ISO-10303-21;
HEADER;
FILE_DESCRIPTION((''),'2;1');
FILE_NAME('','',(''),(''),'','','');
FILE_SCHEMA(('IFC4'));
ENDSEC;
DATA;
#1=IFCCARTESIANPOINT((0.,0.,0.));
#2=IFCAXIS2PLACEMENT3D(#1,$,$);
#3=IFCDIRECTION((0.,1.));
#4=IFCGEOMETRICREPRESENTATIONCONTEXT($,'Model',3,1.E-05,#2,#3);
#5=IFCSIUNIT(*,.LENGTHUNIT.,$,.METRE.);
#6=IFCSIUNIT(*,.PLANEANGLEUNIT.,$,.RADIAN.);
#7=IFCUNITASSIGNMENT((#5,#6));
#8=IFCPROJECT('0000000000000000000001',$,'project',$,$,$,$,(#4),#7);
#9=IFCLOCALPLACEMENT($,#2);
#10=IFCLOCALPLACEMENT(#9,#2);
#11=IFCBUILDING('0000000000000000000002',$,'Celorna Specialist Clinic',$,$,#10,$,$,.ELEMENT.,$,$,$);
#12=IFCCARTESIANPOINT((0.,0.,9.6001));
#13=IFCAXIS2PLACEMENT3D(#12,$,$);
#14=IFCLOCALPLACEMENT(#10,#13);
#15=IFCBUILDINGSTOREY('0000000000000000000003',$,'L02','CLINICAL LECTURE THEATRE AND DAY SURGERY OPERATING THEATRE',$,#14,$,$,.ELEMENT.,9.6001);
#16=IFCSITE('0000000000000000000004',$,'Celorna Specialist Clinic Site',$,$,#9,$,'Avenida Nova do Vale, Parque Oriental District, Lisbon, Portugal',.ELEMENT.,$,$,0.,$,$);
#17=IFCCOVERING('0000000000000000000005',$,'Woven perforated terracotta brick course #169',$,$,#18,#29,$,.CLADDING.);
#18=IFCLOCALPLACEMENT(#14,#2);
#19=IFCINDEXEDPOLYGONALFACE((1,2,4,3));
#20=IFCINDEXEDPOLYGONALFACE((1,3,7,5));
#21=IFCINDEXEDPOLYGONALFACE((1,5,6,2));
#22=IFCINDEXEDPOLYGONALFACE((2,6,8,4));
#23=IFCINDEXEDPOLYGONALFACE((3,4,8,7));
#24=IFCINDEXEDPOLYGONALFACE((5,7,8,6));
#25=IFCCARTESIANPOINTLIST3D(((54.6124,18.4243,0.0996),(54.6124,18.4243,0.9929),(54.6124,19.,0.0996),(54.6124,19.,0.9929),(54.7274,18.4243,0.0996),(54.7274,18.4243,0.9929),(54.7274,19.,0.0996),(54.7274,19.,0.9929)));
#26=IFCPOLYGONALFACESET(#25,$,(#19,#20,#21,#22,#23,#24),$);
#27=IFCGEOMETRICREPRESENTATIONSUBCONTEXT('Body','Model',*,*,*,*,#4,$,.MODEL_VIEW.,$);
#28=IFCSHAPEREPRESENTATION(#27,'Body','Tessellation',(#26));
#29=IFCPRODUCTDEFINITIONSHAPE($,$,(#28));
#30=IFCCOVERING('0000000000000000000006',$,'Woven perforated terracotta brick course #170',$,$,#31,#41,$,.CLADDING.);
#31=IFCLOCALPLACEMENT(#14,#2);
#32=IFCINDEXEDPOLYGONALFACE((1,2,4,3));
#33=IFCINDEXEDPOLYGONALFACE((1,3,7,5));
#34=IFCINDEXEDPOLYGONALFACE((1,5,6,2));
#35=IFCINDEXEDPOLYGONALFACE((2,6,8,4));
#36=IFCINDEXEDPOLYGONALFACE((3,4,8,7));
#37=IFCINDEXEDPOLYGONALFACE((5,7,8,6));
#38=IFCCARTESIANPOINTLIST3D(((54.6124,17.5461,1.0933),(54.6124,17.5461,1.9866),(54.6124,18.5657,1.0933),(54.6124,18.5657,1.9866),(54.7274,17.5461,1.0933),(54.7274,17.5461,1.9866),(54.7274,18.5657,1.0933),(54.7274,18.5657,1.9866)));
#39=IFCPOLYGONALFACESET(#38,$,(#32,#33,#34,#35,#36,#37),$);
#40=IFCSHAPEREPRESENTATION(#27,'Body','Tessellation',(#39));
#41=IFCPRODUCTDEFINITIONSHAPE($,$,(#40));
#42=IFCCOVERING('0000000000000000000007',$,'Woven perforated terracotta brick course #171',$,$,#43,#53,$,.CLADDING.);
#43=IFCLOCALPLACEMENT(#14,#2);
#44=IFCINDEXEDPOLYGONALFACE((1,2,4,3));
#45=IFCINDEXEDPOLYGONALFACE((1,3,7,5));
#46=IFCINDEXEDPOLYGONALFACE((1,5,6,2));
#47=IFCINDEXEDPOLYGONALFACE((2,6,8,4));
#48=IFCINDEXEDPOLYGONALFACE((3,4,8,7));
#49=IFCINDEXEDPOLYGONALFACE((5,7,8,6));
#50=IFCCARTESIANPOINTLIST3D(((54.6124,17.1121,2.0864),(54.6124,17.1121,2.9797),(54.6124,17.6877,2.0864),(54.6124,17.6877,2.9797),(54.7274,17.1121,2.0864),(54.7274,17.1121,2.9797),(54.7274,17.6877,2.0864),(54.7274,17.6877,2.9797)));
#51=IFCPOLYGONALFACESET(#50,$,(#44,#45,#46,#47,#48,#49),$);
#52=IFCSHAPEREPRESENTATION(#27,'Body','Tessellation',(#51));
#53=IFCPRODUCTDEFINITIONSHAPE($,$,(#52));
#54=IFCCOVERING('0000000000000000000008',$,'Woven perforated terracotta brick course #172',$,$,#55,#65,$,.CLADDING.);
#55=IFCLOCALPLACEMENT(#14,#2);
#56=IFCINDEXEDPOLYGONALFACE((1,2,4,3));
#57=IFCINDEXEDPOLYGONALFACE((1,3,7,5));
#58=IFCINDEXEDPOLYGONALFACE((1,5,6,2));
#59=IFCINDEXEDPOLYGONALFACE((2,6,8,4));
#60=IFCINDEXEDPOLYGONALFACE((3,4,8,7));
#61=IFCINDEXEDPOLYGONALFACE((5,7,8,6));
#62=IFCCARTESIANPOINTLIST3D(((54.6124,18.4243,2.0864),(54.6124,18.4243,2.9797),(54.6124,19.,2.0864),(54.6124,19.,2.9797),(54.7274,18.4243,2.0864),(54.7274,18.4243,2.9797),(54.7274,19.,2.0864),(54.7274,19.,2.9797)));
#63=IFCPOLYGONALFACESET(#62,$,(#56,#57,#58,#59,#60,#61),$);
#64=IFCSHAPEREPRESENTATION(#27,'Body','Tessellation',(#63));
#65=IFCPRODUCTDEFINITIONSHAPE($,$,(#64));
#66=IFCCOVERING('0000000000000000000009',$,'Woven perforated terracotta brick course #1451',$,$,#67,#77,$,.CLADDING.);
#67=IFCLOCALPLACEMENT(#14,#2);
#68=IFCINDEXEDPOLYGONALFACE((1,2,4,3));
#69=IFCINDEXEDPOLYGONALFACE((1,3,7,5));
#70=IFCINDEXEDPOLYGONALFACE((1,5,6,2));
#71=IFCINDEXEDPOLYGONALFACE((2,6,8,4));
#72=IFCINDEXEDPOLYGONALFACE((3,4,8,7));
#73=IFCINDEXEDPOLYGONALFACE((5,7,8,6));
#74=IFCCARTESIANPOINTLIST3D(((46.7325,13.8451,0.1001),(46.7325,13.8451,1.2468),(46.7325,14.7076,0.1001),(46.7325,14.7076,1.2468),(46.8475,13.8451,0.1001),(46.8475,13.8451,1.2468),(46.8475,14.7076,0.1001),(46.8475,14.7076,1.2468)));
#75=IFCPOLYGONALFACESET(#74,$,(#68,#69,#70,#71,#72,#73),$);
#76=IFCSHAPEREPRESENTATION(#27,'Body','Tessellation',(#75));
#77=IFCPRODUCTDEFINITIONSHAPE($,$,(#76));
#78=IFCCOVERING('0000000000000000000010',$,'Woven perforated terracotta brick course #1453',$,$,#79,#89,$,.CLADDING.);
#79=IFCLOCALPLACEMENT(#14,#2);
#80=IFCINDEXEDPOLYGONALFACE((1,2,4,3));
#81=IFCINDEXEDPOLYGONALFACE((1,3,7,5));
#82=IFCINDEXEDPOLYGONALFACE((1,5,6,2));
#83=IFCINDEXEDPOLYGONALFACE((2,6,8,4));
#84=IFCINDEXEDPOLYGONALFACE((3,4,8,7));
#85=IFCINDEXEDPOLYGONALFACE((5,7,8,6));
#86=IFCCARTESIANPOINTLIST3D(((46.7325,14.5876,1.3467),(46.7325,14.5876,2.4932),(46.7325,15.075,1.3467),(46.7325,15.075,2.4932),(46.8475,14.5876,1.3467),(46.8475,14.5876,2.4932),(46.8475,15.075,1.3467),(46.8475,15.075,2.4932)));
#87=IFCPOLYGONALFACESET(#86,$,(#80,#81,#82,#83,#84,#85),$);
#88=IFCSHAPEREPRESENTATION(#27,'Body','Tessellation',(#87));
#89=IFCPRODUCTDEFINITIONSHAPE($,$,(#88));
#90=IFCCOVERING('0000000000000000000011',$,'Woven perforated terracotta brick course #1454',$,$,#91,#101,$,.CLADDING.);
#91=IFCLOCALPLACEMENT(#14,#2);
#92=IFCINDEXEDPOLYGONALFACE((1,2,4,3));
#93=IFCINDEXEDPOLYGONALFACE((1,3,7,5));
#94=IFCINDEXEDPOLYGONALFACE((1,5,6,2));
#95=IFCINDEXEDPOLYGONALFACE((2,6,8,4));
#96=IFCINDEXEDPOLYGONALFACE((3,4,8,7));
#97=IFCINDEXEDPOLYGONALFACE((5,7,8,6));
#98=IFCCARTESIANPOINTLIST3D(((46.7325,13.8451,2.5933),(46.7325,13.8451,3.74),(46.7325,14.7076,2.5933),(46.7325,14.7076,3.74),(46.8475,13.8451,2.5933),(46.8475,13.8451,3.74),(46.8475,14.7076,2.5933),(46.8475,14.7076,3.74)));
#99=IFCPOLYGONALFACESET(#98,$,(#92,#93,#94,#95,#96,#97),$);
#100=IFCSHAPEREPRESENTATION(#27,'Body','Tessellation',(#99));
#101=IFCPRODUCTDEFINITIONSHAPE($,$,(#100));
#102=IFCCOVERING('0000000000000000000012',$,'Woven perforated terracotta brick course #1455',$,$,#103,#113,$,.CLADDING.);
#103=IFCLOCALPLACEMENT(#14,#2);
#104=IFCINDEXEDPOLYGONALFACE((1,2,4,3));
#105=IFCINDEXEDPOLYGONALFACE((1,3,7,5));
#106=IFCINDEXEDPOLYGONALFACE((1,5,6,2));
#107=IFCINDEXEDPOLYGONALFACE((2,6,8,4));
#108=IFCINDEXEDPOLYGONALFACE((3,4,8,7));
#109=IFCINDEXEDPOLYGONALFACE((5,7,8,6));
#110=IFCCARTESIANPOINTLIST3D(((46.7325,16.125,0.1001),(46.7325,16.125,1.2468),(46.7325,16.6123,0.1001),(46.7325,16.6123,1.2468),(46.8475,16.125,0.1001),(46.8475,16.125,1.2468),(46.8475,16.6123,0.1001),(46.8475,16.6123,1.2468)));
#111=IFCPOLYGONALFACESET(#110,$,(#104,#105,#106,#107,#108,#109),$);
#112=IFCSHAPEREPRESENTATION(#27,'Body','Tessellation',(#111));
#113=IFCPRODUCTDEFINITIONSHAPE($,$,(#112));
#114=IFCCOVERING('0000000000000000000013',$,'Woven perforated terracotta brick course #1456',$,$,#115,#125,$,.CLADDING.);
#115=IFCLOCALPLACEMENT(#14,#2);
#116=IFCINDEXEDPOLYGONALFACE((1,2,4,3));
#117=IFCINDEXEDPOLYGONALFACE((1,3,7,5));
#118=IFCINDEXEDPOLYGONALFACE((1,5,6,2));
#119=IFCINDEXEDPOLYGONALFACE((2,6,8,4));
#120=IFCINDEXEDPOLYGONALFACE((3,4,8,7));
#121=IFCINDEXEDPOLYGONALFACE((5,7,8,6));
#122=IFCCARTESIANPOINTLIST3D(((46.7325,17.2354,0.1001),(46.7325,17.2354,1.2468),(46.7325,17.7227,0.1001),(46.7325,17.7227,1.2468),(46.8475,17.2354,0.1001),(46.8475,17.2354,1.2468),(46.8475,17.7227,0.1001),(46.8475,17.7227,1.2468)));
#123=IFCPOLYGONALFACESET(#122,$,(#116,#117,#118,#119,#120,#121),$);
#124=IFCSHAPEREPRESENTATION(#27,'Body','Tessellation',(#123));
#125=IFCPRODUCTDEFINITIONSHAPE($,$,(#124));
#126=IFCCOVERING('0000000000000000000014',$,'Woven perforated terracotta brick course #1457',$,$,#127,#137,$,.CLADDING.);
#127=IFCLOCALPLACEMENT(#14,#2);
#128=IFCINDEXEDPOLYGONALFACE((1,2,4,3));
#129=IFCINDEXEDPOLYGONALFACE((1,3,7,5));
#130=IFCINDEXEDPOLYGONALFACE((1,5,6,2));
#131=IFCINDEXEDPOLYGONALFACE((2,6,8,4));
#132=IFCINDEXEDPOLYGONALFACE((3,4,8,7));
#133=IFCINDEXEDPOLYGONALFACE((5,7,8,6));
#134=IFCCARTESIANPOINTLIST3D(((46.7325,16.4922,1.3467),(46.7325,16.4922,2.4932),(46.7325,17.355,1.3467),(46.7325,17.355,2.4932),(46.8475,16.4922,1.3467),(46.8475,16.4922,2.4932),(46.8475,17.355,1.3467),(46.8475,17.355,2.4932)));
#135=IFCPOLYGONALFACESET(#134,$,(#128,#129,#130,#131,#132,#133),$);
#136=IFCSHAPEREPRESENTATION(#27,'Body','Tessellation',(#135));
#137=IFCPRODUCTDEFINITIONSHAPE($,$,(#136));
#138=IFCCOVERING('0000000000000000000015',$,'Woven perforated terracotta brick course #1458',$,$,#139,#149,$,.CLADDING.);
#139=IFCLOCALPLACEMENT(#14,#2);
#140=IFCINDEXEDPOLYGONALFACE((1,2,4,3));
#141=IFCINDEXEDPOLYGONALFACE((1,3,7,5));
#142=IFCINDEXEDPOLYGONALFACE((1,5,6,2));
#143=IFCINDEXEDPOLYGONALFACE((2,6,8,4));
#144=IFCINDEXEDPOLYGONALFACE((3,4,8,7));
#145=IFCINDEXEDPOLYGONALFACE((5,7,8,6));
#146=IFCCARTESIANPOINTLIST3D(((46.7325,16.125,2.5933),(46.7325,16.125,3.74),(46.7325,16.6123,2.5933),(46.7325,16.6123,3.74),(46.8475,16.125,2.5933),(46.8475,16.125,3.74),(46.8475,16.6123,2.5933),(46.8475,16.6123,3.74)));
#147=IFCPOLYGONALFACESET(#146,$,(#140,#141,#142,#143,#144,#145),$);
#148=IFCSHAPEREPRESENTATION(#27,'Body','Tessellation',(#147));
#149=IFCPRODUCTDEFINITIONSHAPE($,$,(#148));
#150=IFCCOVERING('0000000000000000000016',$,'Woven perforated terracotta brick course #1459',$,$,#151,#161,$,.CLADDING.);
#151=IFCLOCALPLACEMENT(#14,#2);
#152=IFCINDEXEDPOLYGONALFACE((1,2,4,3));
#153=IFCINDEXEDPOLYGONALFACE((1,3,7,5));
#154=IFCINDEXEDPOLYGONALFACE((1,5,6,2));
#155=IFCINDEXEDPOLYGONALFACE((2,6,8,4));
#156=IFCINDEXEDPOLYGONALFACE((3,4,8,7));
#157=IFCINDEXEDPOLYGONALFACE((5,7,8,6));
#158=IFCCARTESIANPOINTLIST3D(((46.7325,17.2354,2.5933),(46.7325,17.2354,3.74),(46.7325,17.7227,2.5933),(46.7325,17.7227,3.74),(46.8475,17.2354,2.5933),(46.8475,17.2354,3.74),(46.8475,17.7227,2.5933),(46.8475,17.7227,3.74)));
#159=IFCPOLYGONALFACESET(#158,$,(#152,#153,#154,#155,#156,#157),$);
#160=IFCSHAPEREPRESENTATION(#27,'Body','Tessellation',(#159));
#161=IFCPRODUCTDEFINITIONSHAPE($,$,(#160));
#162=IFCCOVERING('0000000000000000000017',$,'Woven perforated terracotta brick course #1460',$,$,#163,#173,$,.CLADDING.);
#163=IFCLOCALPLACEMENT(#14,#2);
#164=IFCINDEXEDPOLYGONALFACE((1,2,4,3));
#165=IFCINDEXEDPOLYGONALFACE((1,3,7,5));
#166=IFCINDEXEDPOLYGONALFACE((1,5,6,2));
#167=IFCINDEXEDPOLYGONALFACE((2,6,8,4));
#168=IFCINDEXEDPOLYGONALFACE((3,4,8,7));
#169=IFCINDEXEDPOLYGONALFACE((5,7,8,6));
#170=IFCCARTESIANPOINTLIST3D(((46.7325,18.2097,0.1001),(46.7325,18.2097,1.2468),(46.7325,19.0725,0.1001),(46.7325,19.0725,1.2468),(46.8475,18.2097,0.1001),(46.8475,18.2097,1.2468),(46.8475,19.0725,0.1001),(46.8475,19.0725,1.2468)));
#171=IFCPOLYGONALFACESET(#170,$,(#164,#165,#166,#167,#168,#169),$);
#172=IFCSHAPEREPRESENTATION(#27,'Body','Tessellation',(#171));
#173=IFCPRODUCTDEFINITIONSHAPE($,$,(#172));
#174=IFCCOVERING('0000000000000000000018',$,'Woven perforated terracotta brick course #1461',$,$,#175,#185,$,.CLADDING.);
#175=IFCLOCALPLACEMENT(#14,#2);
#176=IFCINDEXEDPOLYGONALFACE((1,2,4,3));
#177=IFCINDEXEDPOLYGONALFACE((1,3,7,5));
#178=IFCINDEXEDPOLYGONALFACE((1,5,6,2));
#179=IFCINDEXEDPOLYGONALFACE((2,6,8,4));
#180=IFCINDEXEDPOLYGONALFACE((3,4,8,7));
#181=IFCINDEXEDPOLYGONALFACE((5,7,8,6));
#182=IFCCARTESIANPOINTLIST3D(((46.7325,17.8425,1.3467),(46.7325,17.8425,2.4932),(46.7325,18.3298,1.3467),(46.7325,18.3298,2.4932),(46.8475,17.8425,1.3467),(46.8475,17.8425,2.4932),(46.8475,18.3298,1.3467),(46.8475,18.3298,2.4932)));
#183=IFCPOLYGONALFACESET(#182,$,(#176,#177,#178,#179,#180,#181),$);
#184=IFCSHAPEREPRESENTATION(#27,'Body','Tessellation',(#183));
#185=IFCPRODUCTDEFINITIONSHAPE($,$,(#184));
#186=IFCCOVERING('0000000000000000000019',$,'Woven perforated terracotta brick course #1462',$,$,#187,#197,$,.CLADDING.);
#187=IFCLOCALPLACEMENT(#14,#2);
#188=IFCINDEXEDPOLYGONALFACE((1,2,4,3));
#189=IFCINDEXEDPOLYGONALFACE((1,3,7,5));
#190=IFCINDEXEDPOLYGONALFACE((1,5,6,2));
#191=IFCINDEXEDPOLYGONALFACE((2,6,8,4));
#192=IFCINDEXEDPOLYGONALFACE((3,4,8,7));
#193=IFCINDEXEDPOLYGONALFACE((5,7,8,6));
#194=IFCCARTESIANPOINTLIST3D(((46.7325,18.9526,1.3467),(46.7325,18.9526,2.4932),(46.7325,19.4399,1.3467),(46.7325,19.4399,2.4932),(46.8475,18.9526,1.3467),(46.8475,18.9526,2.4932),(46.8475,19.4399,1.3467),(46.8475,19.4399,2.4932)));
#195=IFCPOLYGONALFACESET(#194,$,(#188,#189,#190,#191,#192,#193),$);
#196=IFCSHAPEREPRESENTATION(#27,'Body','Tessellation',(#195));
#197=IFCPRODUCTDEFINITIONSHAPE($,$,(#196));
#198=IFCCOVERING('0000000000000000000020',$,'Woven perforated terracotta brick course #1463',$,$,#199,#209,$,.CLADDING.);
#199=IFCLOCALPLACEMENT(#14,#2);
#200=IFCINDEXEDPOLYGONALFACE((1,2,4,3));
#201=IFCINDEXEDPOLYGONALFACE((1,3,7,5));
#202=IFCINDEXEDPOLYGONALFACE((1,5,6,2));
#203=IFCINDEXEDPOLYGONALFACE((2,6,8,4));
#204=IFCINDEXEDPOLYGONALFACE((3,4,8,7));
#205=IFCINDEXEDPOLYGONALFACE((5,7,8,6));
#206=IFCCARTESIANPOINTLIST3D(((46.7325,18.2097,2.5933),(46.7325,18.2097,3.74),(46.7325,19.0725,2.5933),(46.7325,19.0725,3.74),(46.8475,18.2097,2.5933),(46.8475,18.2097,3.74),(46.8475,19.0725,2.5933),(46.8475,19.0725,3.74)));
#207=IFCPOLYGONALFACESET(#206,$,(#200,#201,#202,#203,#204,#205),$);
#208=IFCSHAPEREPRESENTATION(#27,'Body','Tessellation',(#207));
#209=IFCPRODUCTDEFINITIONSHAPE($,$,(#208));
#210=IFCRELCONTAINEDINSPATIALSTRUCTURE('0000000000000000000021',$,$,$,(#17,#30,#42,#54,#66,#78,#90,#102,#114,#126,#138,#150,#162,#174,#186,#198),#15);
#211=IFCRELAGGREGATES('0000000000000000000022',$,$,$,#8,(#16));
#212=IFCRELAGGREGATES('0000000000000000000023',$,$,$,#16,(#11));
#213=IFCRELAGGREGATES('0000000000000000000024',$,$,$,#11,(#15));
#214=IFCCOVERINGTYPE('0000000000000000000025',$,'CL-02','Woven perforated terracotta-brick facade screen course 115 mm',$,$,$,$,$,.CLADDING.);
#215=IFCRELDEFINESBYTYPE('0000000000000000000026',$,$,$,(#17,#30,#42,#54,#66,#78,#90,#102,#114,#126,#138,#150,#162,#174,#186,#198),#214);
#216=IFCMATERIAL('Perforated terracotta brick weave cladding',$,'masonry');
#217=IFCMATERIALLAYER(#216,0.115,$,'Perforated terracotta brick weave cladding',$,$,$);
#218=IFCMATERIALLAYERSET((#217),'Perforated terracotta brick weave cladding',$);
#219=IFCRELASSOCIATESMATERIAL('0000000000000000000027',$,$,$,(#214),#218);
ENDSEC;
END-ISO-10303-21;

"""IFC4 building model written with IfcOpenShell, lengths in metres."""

from ifc_helpers import new_model, si_unit, direction, frame, origin, origin_2d, place, context, subcontext, project, spatial, rectangle, extrude, material, layer, layer_set, type_object, element, save


model = new_model("IFC4")

# Units and contexts
model_context = context("Model", 3, precision=1e-05, world=origin(), true_north=direction((0.0, 1.0)))
body_context = subcontext(model_context, "Body", "Model", "MODEL_VIEW")
ifc_project = project(units=[si_unit("LENGTHUNIT", "METRE"), si_unit("PLANEANGLEUNIT", "RADIAN")], contexts=[model_context])

# Site, building, storey
site_placement = place(None, origin())
site = spatial("IfcSite", under=ifc_project, at=site_placement, Name="Celorna Specialist Clinic Site", LongName="Avenida Nova do Vale, Parque Oriental District, Lisbon, Portugal", CompositionType="ELEMENT", RefElevation=0.0)
building_placement = place(site_placement, origin())
building = spatial("IfcBuilding", under=site, at=building_placement, Name="Celorna Specialist Clinic", CompositionType="ELEMENT")
storey_placement = place(building_placement, frame((0.0, 0.0, 9.6001)))
storey = spatial("IfcBuildingStorey", under=building, at=storey_placement, Name="L02", Description="CLINICAL LECTURE THEATRE AND DAY SURGERY OPERATING THEATRE", CompositionType="ELEMENT", Elevation=9.6001)

# Coverings
ifc_material_1 = material(Name="Perforated terracotta brick weave cladding", Category="masonry")
ifc_layer_1 = layer(ifc_material_1, 0.115, Name="Perforated terracotta brick weave cladding")
ifc_layer_set_1 = layer_set([ifc_layer_1], Name="Perforated terracotta brick weave cladding")
covering_type = type_object("IfcCoveringType", Name="CL-02", Description="Woven perforated terracotta-brick facade screen course 115 mm", PredefinedType="CLADDING", material=ifc_layer_set_1)
for number, where, z_axis, x_axis, name in (
    (1, (54.6699, 18.7122, 0.0996), (0.0, 0.0, 1.0), (0.0, 1.0, 0.0), "Woven perforated terracotta brick course #169"),
):
    element("IfcCovering", number, at=place(storey_placement, frame(where, z_axis=z_axis, x_axis=x_axis)), inside=storey, type_object=covering_type, Name=name, PredefinedType="CLADDING", context=body_context, shape_type="SweptSolid", body=[
        extrude(rectangle(XDim=0.5757, YDim=0.115, at=origin_2d()), origin(), (0.0, 0.0, 1.0), 0.8933),
    ])
covering_1_placement = place(storey_placement, frame((54.6699, 18.0559, 1.0933), z_axis=(0.0, 0.0, 1.0), x_axis=(0.0, 1.0, 0.0)))
element("IfcCovering", 2, at=covering_1_placement, inside=storey, type_object=covering_type, Name="Woven perforated terracotta brick course #170", PredefinedType="CLADDING", context=body_context, shape_type="SweptSolid", body=[
    extrude(rectangle(XDim=1.0195, YDim=0.115, at=origin_2d()), origin(), (0.0, 0.0, 1.0), 0.8933),
])
for number, where, z_axis, x_axis, name in (
    (3, (54.6699, 17.3999, 2.0864), (0.0, 0.0, 1.0), (0.0, 1.0, 0.0), "Woven perforated terracotta brick course #171"),
    (4, (54.6699, 18.7122, 2.0864), (0.0, 0.0, 1.0), (0.0, 1.0, 0.0), "Woven perforated terracotta brick course #172"),
):
    element("IfcCovering", number, at=place(storey_placement, frame(where, z_axis=z_axis, x_axis=x_axis)), inside=storey, type_object=covering_type, Name=name, PredefinedType="CLADDING", context=body_context, shape_type="SweptSolid", body=[
        extrude(rectangle(XDim=0.5757, YDim=0.115, at=origin_2d()), origin(), (0.0, 0.0, 1.0), 0.8933),
    ])
covering_2_placement = place(storey_placement, frame((46.79, 14.2764, 0.1001), z_axis=(0.0, 0.0, 1.0), x_axis=(0.0, 1.0, 0.0)))
element("IfcCovering", 5, at=covering_2_placement, inside=storey, type_object=covering_type, Name="Woven perforated terracotta brick course #1451", PredefinedType="CLADDING", context=body_context, shape_type="SweptSolid", body=[
    extrude(rectangle(XDim=0.8625, YDim=0.115, at=origin_2d()), origin(), (0.0, 0.0, 1.0), 1.1467),
])
covering_3_placement = place(storey_placement, frame((46.79, 14.8313, 1.3467), z_axis=(0.0, 0.0, 1.0), x_axis=(0.0, 1.0, 0.0)))
element("IfcCovering", 6, at=covering_3_placement, inside=storey, type_object=covering_type, Name="Woven perforated terracotta brick course #1453", PredefinedType="CLADDING", context=body_context, shape_type="SweptSolid", body=[
    extrude(rectangle(XDim=0.4873, YDim=0.115, at=origin_2d()), origin(), (0.0, 0.0, 1.0), 1.1465),
])
covering_4_placement = place(storey_placement, frame((46.79, 14.2764, 2.5933), z_axis=(0.0, 0.0, 1.0), x_axis=(0.0, 1.0, 0.0)))
element("IfcCovering", 7, at=covering_4_placement, inside=storey, type_object=covering_type, Name="Woven perforated terracotta brick course #1454", PredefinedType="CLADDING", context=body_context, shape_type="SweptSolid", body=[
    extrude(rectangle(XDim=0.8625, YDim=0.115, at=origin_2d()), origin(), (0.0, 0.0, 1.0), 1.1467),
])
for number, where, z_axis, x_axis, name in (
    (8, (46.79, 16.3687, 0.1001), (0.0, 0.0, 1.0), (0.0, 1.0, 0.0), "Woven perforated terracotta brick course #1455"),
    (9, (46.79, 17.479, 0.1001), (0.0, 0.0, 1.0), (0.0, 1.0, 0.0), "Woven perforated terracotta brick course #1456"),
):
    element("IfcCovering", number, at=place(storey_placement, frame(where, z_axis=z_axis, x_axis=x_axis)), inside=storey, type_object=covering_type, Name=name, PredefinedType="CLADDING", context=body_context, shape_type="SweptSolid", body=[
        extrude(rectangle(XDim=0.4873, YDim=0.115, at=origin_2d()), origin(), (0.0, 0.0, 1.0), 1.1467),
    ])
covering_5_placement = place(storey_placement, frame((46.79, 16.9236, 1.3467), z_axis=(0.0, 0.0, 1.0), x_axis=(0.0, 1.0, 0.0)))
element("IfcCovering", 10, at=covering_5_placement, inside=storey, type_object=covering_type, Name="Woven perforated terracotta brick course #1457", PredefinedType="CLADDING", context=body_context, shape_type="SweptSolid", body=[
    extrude(rectangle(XDim=0.8628, YDim=0.115, at=origin_2d()), origin(), (0.0, 0.0, 1.0), 1.1465),
])
for number, where, z_axis, x_axis, name in (
    (11, (46.79, 16.3687, 2.5933), (0.0, 0.0, 1.0), (0.0, 1.0, 0.0), "Woven perforated terracotta brick course #1458"),
    (12, (46.79, 17.479, 2.5933), (0.0, 0.0, 1.0), (0.0, 1.0, 0.0), "Woven perforated terracotta brick course #1459"),
):
    element("IfcCovering", number, at=place(storey_placement, frame(where, z_axis=z_axis, x_axis=x_axis)), inside=storey, type_object=covering_type, Name=name, PredefinedType="CLADDING", context=body_context, shape_type="SweptSolid", body=[
        extrude(rectangle(XDim=0.4873, YDim=0.115, at=origin_2d()), origin(), (0.0, 0.0, 1.0), 1.1467),
    ])
covering_6_placement = place(storey_placement, frame((46.79, 18.6411, 0.1001), z_axis=(0.0, 0.0, 1.0), x_axis=(0.0, 1.0, 0.0)))
element("IfcCovering", 13, at=covering_6_placement, inside=storey, type_object=covering_type, Name="Woven perforated terracotta brick course #1460", PredefinedType="CLADDING", context=body_context, shape_type="SweptSolid", body=[
    extrude(rectangle(XDim=0.8628, YDim=0.115, at=origin_2d()), origin(), (0.0, 0.0, 1.0), 1.1467),
])
for number, where, z_axis, x_axis, name in (
    (14, (46.79, 18.0862, 1.3467), (0.0, 0.0, 1.0), (0.0, 1.0, 0.0), "Woven perforated terracotta brick course #1461"),
    (15, (46.79, 19.1963, 1.3467), (0.0, 0.0, 1.0), (0.0, 1.0, 0.0), "Woven perforated terracotta brick course #1462"),
):
    element("IfcCovering", number, at=place(storey_placement, frame(where, z_axis=z_axis, x_axis=x_axis)), inside=storey, type_object=covering_type, Name=name, PredefinedType="CLADDING", context=body_context, shape_type="SweptSolid", body=[
        extrude(rectangle(XDim=0.4873, YDim=0.115, at=origin_2d()), origin(), (0.0, 0.0, 1.0), 1.1465),
    ])
covering_7_placement = place(storey_placement, frame((46.79, 18.6411, 2.5933), z_axis=(0.0, 0.0, 1.0), x_axis=(0.0, 1.0, 0.0)))
element("IfcCovering", 16, at=covering_7_placement, inside=storey, type_object=covering_type, Name="Woven perforated terracotta brick course #1463", PredefinedType="CLADDING", context=body_context, shape_type="SweptSolid", body=[
    extrude(rectangle(XDim=0.8628, YDim=0.115, at=origin_2d()), origin(), (0.0, 0.0, 1.0), 1.1467),
])

save(model, "model.ifc")
